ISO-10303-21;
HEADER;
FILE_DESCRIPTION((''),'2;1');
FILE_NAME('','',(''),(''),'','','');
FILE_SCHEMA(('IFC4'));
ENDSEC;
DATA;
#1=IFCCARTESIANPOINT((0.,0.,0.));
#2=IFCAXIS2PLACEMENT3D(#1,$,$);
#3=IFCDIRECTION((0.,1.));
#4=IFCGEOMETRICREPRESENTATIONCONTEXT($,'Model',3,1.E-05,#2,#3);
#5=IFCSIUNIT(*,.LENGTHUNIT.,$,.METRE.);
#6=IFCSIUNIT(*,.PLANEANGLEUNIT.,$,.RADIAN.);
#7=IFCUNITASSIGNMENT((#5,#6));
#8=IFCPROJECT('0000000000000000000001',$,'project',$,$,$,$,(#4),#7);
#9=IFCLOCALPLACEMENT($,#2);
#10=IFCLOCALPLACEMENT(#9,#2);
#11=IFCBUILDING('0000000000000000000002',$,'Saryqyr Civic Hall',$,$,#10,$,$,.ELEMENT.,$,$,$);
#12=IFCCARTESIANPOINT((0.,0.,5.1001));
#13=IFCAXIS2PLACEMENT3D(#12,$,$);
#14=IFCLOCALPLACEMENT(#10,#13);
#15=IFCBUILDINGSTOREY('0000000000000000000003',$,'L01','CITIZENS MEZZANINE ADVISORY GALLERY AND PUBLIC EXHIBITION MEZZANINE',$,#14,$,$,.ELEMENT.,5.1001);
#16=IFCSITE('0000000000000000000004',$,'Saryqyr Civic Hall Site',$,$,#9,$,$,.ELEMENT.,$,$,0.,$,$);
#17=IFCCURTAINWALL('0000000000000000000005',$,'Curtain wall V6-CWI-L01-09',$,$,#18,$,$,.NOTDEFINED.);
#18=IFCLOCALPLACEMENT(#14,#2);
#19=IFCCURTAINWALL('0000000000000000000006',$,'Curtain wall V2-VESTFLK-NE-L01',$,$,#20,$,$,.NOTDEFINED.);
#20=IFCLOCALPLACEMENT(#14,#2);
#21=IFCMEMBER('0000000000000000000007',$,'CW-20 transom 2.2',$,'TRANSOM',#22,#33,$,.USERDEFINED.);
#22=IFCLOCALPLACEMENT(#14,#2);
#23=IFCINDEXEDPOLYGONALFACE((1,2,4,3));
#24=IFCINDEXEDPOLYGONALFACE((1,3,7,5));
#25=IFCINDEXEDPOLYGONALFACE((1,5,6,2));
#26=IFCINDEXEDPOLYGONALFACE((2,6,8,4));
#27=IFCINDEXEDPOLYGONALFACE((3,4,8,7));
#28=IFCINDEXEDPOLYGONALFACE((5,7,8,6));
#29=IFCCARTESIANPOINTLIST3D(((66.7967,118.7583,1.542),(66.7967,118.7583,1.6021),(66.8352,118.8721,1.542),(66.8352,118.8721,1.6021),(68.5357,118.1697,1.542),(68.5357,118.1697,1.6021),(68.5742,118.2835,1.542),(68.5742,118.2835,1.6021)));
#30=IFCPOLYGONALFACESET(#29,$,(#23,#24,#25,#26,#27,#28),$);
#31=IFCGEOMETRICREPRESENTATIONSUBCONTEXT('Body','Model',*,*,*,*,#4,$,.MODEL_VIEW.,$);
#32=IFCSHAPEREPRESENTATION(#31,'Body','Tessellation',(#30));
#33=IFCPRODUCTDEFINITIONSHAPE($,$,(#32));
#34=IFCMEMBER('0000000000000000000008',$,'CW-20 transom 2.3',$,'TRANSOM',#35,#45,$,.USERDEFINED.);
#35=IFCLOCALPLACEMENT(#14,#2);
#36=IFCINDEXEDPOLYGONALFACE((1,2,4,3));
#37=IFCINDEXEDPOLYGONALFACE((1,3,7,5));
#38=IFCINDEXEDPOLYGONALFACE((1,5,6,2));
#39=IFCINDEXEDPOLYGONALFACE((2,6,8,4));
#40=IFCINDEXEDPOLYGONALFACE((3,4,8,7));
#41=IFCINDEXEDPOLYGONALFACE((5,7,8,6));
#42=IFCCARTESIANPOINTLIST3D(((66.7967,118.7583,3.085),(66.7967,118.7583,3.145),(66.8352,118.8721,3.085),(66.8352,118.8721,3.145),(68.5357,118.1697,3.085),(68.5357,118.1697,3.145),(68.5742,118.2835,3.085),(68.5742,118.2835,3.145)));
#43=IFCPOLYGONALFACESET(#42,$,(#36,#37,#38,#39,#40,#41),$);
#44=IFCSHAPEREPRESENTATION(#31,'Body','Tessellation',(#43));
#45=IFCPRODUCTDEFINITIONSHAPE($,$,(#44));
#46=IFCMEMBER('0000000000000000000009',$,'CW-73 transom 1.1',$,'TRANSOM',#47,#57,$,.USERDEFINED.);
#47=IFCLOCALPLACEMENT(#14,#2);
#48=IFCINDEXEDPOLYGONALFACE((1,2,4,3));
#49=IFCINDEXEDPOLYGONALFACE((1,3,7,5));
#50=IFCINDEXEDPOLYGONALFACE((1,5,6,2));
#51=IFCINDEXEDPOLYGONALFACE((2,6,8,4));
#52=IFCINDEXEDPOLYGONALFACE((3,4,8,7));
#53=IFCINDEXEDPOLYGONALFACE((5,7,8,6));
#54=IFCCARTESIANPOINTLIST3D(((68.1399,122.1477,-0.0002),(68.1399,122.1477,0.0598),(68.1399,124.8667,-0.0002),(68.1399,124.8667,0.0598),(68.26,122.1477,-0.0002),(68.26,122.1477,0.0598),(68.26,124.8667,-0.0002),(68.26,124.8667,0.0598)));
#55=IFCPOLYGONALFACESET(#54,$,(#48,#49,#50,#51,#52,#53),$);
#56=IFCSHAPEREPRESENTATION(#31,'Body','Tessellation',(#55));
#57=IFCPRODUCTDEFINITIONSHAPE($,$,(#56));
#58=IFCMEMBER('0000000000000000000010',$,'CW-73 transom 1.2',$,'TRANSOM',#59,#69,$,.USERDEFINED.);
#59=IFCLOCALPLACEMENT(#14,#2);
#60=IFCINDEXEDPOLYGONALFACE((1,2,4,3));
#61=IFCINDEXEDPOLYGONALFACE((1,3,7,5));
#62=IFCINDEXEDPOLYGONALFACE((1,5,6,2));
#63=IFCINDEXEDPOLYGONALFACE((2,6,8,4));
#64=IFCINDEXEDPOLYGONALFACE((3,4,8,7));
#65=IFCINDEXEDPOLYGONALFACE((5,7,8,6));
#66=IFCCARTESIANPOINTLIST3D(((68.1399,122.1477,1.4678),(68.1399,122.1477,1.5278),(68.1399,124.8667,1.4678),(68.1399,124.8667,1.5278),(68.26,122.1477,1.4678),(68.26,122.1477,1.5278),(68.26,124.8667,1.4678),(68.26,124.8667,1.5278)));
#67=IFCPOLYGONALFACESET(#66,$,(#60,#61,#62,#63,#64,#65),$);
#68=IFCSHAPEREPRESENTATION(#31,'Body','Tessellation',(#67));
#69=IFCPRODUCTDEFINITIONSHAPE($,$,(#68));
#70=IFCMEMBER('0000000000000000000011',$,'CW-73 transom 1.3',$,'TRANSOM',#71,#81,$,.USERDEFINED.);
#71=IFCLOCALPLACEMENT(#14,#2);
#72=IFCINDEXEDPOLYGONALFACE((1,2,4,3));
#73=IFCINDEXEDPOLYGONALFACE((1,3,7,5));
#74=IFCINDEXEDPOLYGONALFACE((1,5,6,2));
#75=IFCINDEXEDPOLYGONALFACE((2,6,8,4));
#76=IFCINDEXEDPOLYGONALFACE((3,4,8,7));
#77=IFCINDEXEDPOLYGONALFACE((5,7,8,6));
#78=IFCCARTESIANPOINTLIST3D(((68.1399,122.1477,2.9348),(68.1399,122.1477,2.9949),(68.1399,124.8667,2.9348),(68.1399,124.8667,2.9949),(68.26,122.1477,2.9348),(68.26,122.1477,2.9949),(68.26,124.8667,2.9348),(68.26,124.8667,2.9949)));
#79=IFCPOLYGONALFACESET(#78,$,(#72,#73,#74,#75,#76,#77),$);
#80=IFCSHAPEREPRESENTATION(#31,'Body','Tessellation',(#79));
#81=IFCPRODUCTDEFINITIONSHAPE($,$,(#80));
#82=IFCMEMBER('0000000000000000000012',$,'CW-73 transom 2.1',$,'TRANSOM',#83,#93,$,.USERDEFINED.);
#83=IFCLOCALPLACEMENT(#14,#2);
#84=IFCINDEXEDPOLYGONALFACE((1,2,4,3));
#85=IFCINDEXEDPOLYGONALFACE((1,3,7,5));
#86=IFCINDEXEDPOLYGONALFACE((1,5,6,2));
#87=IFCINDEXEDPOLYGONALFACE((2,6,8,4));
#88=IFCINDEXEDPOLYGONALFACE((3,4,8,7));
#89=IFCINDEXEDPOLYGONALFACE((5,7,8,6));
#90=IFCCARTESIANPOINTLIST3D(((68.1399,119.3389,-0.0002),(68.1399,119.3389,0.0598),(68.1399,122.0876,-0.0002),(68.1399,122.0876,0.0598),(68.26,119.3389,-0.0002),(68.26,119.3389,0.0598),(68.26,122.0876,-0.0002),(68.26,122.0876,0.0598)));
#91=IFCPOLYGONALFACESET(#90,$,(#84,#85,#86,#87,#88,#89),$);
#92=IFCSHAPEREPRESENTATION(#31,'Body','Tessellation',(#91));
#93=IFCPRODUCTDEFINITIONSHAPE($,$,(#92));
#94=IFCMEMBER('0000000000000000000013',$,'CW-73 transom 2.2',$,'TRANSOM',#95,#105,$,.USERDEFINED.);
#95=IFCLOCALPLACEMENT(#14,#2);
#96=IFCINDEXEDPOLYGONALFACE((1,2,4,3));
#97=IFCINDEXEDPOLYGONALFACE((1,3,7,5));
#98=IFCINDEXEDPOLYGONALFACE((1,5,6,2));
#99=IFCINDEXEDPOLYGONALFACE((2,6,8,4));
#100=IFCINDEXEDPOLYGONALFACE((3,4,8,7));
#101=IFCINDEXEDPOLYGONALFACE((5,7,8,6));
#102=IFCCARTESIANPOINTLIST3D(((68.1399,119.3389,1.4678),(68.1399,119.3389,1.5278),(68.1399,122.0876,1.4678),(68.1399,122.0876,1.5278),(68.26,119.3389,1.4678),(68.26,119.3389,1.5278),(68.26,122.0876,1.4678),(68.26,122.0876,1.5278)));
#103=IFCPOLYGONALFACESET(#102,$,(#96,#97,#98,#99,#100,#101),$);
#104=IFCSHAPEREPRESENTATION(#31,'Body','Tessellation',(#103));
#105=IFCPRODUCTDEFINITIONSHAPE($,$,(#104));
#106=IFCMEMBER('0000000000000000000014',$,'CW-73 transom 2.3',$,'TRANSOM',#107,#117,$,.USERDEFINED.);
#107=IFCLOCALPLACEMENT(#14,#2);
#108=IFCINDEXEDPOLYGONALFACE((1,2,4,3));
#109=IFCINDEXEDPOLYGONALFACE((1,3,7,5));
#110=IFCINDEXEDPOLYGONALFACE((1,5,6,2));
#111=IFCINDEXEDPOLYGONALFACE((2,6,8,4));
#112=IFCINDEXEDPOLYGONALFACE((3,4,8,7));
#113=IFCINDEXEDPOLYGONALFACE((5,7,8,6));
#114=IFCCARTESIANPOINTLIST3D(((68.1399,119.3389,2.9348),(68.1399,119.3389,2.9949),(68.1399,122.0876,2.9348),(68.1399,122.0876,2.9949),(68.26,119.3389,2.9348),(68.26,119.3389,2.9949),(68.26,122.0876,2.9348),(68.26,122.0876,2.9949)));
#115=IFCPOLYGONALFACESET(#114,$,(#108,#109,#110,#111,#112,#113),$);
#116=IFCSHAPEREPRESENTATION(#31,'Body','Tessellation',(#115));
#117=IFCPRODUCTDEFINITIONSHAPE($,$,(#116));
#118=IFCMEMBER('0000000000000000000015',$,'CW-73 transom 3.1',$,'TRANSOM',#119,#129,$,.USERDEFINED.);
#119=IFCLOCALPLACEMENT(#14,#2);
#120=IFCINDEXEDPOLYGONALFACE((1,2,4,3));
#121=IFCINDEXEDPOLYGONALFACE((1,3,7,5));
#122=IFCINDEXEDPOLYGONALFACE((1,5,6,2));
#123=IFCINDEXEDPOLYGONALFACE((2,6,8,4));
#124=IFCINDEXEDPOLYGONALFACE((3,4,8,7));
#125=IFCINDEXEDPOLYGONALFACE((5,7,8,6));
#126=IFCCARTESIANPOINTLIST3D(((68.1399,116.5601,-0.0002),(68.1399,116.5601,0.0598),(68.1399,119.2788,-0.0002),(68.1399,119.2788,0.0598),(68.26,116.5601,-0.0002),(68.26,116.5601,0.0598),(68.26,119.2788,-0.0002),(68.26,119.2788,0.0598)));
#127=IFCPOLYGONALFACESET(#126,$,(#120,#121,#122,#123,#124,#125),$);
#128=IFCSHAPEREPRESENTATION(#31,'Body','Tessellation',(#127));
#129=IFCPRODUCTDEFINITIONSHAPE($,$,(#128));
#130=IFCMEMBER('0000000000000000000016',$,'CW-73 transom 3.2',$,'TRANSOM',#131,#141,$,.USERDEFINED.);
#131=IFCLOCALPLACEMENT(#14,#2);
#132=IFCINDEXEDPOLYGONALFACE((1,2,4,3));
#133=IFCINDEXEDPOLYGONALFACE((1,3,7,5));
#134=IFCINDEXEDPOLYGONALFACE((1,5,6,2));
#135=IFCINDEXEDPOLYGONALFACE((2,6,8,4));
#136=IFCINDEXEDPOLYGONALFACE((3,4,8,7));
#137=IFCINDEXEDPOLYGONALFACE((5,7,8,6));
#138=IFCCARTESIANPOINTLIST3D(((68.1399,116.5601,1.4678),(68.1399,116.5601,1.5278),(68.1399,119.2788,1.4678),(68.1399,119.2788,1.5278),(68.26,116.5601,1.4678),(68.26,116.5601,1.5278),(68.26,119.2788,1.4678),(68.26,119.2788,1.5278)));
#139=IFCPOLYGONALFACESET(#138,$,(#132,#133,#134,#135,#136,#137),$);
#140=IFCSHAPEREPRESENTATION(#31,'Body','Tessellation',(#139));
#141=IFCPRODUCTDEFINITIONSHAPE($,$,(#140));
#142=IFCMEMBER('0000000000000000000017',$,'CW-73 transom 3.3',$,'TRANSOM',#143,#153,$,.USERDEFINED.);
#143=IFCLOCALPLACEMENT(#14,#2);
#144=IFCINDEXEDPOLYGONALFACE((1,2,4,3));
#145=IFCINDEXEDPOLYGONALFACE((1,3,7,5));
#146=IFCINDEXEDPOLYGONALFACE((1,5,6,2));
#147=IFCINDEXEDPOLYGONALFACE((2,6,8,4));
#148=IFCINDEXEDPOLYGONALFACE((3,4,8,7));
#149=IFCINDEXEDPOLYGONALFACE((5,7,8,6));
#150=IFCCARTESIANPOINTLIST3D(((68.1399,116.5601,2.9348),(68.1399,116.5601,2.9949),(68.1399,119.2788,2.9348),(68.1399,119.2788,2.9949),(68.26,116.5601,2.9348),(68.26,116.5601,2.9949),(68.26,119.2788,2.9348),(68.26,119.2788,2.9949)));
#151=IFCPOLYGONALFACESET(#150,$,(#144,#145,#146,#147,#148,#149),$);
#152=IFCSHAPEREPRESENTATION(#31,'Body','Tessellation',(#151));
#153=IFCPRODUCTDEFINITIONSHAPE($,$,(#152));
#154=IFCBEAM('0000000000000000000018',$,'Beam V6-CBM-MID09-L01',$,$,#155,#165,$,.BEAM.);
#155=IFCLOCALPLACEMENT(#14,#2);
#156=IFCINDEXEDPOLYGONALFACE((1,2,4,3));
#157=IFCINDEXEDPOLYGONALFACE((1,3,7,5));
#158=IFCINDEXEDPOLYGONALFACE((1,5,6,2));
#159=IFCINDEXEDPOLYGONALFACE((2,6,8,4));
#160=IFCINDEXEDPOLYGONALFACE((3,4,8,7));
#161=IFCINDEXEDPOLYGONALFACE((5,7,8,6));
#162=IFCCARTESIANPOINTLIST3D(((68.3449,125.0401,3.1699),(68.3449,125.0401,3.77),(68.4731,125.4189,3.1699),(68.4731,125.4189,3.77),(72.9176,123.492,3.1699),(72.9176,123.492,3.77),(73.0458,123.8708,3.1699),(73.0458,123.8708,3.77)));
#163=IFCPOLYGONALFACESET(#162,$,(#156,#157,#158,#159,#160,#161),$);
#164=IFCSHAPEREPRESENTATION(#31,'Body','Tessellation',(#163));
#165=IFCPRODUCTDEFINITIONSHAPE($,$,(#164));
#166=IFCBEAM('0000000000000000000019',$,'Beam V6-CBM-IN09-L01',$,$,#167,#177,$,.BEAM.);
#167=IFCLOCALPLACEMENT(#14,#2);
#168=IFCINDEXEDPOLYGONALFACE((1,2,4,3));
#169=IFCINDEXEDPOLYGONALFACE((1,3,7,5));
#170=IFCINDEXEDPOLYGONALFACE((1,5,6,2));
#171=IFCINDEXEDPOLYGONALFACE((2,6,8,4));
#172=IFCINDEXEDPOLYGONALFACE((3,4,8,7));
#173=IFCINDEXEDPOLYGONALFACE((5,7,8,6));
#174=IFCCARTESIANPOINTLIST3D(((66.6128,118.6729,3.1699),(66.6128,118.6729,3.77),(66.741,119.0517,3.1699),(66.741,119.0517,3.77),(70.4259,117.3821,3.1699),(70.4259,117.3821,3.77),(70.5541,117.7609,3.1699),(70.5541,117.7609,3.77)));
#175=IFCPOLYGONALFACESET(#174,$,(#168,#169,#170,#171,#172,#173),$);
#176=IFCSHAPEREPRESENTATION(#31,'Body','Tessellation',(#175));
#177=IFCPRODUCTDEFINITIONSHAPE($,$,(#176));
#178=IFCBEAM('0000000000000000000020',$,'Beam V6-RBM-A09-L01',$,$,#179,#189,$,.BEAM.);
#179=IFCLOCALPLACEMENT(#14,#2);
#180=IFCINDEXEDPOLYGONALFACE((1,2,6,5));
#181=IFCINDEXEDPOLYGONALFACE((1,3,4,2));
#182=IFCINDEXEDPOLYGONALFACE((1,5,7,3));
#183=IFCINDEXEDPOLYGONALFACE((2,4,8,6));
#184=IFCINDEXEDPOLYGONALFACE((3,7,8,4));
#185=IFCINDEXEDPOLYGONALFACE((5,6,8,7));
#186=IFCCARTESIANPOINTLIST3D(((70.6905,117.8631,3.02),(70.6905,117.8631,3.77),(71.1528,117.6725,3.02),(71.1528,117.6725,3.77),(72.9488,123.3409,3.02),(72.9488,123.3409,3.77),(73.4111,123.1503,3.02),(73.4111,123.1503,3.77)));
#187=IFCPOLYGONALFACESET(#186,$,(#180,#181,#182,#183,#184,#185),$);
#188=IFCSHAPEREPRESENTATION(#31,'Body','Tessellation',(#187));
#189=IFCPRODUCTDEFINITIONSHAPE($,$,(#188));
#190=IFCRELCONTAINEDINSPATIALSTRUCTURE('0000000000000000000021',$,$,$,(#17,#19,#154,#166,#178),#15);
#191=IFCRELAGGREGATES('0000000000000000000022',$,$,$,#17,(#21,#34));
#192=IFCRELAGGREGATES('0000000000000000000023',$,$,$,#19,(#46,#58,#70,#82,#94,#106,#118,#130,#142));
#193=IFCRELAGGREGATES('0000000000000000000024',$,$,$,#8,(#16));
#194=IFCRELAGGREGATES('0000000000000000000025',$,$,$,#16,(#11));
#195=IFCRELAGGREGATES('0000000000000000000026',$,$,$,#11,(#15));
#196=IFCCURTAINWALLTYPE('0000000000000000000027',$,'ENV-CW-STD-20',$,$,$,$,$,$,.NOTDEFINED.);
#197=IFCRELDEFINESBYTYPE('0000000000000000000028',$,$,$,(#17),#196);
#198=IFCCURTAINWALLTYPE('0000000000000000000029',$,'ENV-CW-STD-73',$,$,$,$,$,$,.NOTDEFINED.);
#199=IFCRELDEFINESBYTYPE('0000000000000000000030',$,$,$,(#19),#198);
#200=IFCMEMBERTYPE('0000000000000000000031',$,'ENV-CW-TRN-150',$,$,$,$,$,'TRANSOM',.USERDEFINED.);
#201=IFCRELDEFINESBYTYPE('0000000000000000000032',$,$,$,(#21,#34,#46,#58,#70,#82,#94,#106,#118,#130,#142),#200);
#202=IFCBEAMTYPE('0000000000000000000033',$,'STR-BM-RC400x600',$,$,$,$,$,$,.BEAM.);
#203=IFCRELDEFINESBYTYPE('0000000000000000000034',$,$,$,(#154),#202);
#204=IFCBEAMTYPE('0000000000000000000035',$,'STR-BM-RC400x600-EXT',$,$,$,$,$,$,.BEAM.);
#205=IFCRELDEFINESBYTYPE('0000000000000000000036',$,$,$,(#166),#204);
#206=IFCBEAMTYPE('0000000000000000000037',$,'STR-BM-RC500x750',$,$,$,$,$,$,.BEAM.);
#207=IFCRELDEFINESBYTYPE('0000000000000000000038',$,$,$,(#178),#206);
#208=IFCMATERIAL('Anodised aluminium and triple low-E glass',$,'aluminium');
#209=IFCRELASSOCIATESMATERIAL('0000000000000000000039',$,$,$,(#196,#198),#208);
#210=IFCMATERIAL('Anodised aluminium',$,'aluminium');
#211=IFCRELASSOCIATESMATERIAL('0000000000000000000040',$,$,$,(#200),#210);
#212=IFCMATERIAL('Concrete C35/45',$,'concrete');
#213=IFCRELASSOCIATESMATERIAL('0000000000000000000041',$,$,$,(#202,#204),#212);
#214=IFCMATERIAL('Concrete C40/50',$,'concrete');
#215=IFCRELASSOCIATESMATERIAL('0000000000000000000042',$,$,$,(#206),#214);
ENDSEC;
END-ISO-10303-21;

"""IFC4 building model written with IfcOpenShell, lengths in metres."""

from ifc_helpers import new_model, si_unit, direction, frame, origin, origin_2d, place, context, subcontext, project, spatial, rectangle, extrude, material, material_profile, profile_set, type_object, element, aggregate, save


model = new_model("IFC4")

# Units and contexts
model_context = context("Model", 3, precision=1e-05, world=origin(), true_north=direction((0.0, 1.0)))
body_context = subcontext(model_context, "Body", "Model", "MODEL_VIEW")
ifc_project = project(units=[si_unit("LENGTHUNIT", "METRE"), si_unit("PLANEANGLEUNIT", "RADIAN")], contexts=[model_context])

# Site, building, storey
site_placement = place(None, origin())
site = spatial("IfcSite", under=ifc_project, at=site_placement, Name="Saryqyr Civic Hall Site", CompositionType="ELEMENT", RefElevation=0.0)
building_placement = place(site_placement, origin())
building = spatial("IfcBuilding", under=site, at=building_placement, Name="Saryqyr Civic Hall", CompositionType="ELEMENT")
storey_placement = place(building_placement, frame((0.0, 0.0, 5.1001)))
storey = spatial("IfcBuildingStorey", under=building, at=storey_placement, Name="L01", Description="CITIZENS MEZZANINE ADVISORY GALLERY AND PUBLIC EXHIBITION MEZZANINE", CompositionType="ELEMENT", Elevation=5.1001)

# Shared definitions
ifc_material_1 = material(Name="Concrete C40/50", Category="concrete")

# Curtain walls
ifc_material_2 = material(Name="Anodised aluminium and triple low-E glass", Category="aluminium")
curtain_wall_type_1 = type_object("IfcCurtainWallType", Name="ENV-CW-STD-20", PredefinedType="NOTDEFINED", material=ifc_material_2)
curtain_wall_1_placement = place(storey_placement, origin())
curtain_wall_1 = element("IfcCurtainWall", 1, at=curtain_wall_1_placement, inside=storey, type_object=curtain_wall_type_1, Name="Curtain wall V6-CWI-L01-09", PredefinedType="NOTDEFINED")
ifc_material_3 = material(Name="Anodised aluminium", Category="aluminium")
curtain_wall_type_2 = type_object("IfcCurtainWallType", Name="ENV-CW-STD-73", PredefinedType="NOTDEFINED", material=ifc_material_2)
curtain_wall_2_placement = place(storey_placement, origin())
curtain_wall_2 = element("IfcCurtainWall", 2, at=curtain_wall_2_placement, inside=storey, type_object=curtain_wall_type_2, Name="Curtain wall V2-VESTFLK-NE-L01", PredefinedType="NOTDEFINED")

# Members
ifc_material_profile_1 = material_profile(ifc_material_3, rectangle(XDim=0.1201, YDim=0.0601, at=origin_2d()), Name="ALU TRANSOM 120x60")
ifc_profile_set_1 = profile_set([ifc_material_profile_1], Name="Anodised aluminium")
member_type_1 = type_object("IfcMemberType", Name="ENV-CW-TRN-150", ElementType="TRANSOM", PredefinedType="USERDEFINED", material=ifc_profile_set_1)
member_1_placement = place(storey_placement, frame((68.5549, 118.2266, 1.572), z_axis=(-0.94721, 0.320613, 0.0), x_axis=(-0.320613, -0.94721, 0.0)))
member_1 = element("IfcMember", 3, at=member_1_placement, type_object=member_type_1, Name="CW-20 transom 2.2", ObjectType="TRANSOM", PredefinedType="USERDEFINED", context=body_context, shape_type="SweptSolid", body=[
    extrude(rectangle(XDim=0.1201, YDim=0.0601, at=origin_2d()), origin(), (0.0, 0.0, 1.0), 1.8359),
])
member_2_placement = place(storey_placement, frame((68.5549, 118.2266, 3.115), z_axis=(-0.94721, 0.320613, 0.0), x_axis=(-0.320613, -0.94721, 0.0)))
member_2 = element("IfcMember", 4, at=member_2_placement, type_object=member_type_1, Name="CW-20 transom 2.3", ObjectType="TRANSOM", PredefinedType="USERDEFINED", context=body_context, shape_type="SweptSolid", body=[
    extrude(rectangle(XDim=0.1201, YDim=0.0601, at=origin_2d()), origin(), (0.0, 0.0, 1.0), 1.8359),
])
member_3_placement = place(storey_placement, frame((68.2, 124.8667, 0.0298), z_axis=(0.0, -1.0, 0.0), x_axis=(1.0, 0.0, 0.0)))
member_3 = element("IfcMember", 5, at=member_3_placement, type_object=member_type_1, Name="CW-73 transom 1.1", ObjectType="TRANSOM", PredefinedType="USERDEFINED", context=body_context, shape_type="SweptSolid", body=[
    extrude(rectangle(XDim=0.1201, YDim=0.0601, at=origin_2d()), origin(), (0.0, 0.0, 1.0), 2.719),
])
member_4_placement = place(storey_placement, frame((68.2, 124.8667, 1.4978), z_axis=(0.0, -1.0, 0.0), x_axis=(1.0, 0.0, 0.0)))
member_4 = element("IfcMember", 6, at=member_4_placement, type_object=member_type_1, Name="CW-73 transom 1.2", ObjectType="TRANSOM", PredefinedType="USERDEFINED", context=body_context, shape_type="SweptSolid", body=[
    extrude(rectangle(XDim=0.1201, YDim=0.0601, at=origin_2d()), origin(), (0.0, 0.0, 1.0), 2.719),
])
member_5_placement = place(storey_placement, frame((68.2, 124.8667, 2.9648), z_axis=(0.0, -1.0, 0.0), x_axis=(1.0, 0.0, 0.0)))
member_5 = element("IfcMember", 7, at=member_5_placement, type_object=member_type_1, Name="CW-73 transom 1.3", ObjectType="TRANSOM", PredefinedType="USERDEFINED", context=body_context, shape_type="SweptSolid", body=[
    extrude(rectangle(XDim=0.1201, YDim=0.0601, at=origin_2d()), origin(), (0.0, 0.0, 1.0), 2.719),
])
member_6_placement = place(storey_placement, frame((68.2, 122.0876, 0.0298), z_axis=(0.0, -1.0, 0.0), x_axis=(1.0, 0.0, 0.0)))
member_6 = element("IfcMember", 8, at=member_6_placement, type_object=member_type_1, Name="CW-73 transom 2.1", ObjectType="TRANSOM", PredefinedType="USERDEFINED", context=body_context, shape_type="SweptSolid", body=[
    extrude(rectangle(XDim=0.1201, YDim=0.0601, at=origin_2d()), origin(), (0.0, 0.0, 1.0), 2.7488),
])
member_7_placement = place(storey_placement, frame((68.2, 122.0876, 1.4978), z_axis=(0.0, -1.0, 0.0), x_axis=(1.0, 0.0, 0.0)))
member_7 = element("IfcMember", 9, at=member_7_placement, type_object=member_type_1, Name="CW-73 transom 2.2", ObjectType="TRANSOM", PredefinedType="USERDEFINED", context=body_context, shape_type="SweptSolid", body=[
    extrude(rectangle(XDim=0.1201, YDim=0.0601, at=origin_2d()), origin(), (0.0, 0.0, 1.0), 2.7488),
])
member_8_placement = place(storey_placement, frame((68.2, 122.0876, 2.9648), z_axis=(0.0, -1.0, 0.0), x_axis=(1.0, 0.0, 0.0)))
member_8 = element("IfcMember", 10, at=member_8_placement, type_object=member_type_1, Name="CW-73 transom 2.3", ObjectType="TRANSOM", PredefinedType="USERDEFINED", context=body_context, shape_type="SweptSolid", body=[
    extrude(rectangle(XDim=0.1201, YDim=0.0601, at=origin_2d()), origin(), (0.0, 0.0, 1.0), 2.7488),
])
member_9_placement = place(storey_placement, frame((68.2, 119.2788, 0.0298), z_axis=(0.0, -1.0, 0.0), x_axis=(1.0, 0.0, 0.0)))
member_9 = element("IfcMember", 11, at=member_9_placement, type_object=member_type_1, Name="CW-73 transom 3.1", ObjectType="TRANSOM", PredefinedType="USERDEFINED", context=body_context, shape_type="SweptSolid", body=[
    extrude(rectangle(XDim=0.1201, YDim=0.0601, at=origin_2d()), origin(), (0.0, 0.0, 1.0), 2.7188),
])
member_10_placement = place(storey_placement, frame((68.2, 119.2788, 1.4978), z_axis=(0.0, -1.0, 0.0), x_axis=(1.0, 0.0, 0.0)))
member_10 = element("IfcMember", 12, at=member_10_placement, type_object=member_type_1, Name="CW-73 transom 3.2", ObjectType="TRANSOM", PredefinedType="USERDEFINED", context=body_context, shape_type="SweptSolid", body=[
    extrude(rectangle(XDim=0.1201, YDim=0.0601, at=origin_2d()), origin(), (0.0, 0.0, 1.0), 2.7188),
])
member_11_placement = place(storey_placement, frame((68.2, 119.2788, 2.9648), z_axis=(0.0, -1.0, 0.0), x_axis=(1.0, 0.0, 0.0)))
member_11 = element("IfcMember", 13, at=member_11_placement, type_object=member_type_1, Name="CW-73 transom 3.3", ObjectType="TRANSOM", PredefinedType="USERDEFINED", context=body_context, shape_type="SweptSolid", body=[
    extrude(rectangle(XDim=0.1201, YDim=0.0601, at=origin_2d()), origin(), (0.0, 0.0, 1.0), 2.7188),
])

# Beams
ifc_material_4 = material(Name="Concrete C35/45", Category="concrete")
ifc_material_profile_2 = material_profile(ifc_material_4, rectangle(XDim=0.3999, YDim=0.6001, at=origin_2d()), Name="RC 400x600")
ifc_profile_set_2 = profile_set([ifc_material_profile_2], Name="Concrete C35/45")
beam_type_1 = type_object("IfcBeamType", Name="STR-BM-RC400x600", PredefinedType="BEAM", material=ifc_profile_set_2)
beam_1_placement = place(storey_placement, frame((72.9817, 123.6814, 3.47), z_axis=(-0.947191, 0.320669, 0.0), x_axis=(-0.320669, -0.947191, 0.0)))
element("IfcBeam", 14, at=beam_1_placement, inside=storey, type_object=beam_type_1, Name="Beam V6-CBM-MID09-L01", PredefinedType="BEAM", context=body_context, shape_type="SweptSolid", body=[
    extrude(rectangle(XDim=0.3999, YDim=0.6001, at=origin_2d()), origin(), (0.0, 0.0, 1.0), 4.8276),
])
ifc_material_profile_3 = material_profile(ifc_material_4, rectangle(XDim=0.3999, YDim=0.6001, at=origin_2d()), Name="RC 400x600")
ifc_profile_set_3 = profile_set([ifc_material_profile_3], Name="Concrete C35/45")
beam_type_2 = type_object("IfcBeamType", Name="STR-BM-RC400x600-EXT", PredefinedType="BEAM", material=ifc_profile_set_3)
beam_2_placement = place(storey_placement, frame((70.49, 117.5715, 3.47), z_axis=(-0.947199, 0.320646, 0.0), x_axis=(-0.320646, -0.947199, 0.0)))
element("IfcBeam", 15, at=beam_2_placement, inside=storey, type_object=beam_type_2, Name="Beam V6-CBM-IN09-L01", PredefinedType="BEAM", context=body_context, shape_type="SweptSolid", body=[
    extrude(rectangle(XDim=0.3999, YDim=0.6001, at=origin_2d()), origin(), (0.0, 0.0, 1.0), 4.0256),
])
ifc_material_profile_4 = material_profile(ifc_material_1, rectangle(XDim=0.5, YDim=0.75, at=origin_2d()), Name="RC 500x750")
ifc_profile_set_4 = profile_set([ifc_material_profile_4], Name="Concrete C40/50")
beam_type_3 = type_object("IfcBeamType", Name="STR-BM-RC500x750", PredefinedType="BEAM", material=ifc_profile_set_4)
beam_3_placement = place(storey_placement, frame((70.9216, 117.7678, 3.395), z_axis=(0.381146, 0.924515, 0.0), x_axis=(-0.924515, 0.381146, 0.0)))
element("IfcBeam", 16, at=beam_3_placement, inside=storey, type_object=beam_type_3, Name="Beam V6-RBM-A09-L01", PredefinedType="BEAM", context=body_context, shape_type="SweptSolid", body=[
    extrude(rectangle(XDim=0.5, YDim=0.75, at=origin_2d()), origin(), (0.0, 0.0, 1.0), 5.925),
])

aggregate(curtain_wall_1, [member_1, member_2])
aggregate(curtain_wall_2, [member_3, member_4, member_5, member_6, member_7, member_8, member_9, member_10, member_11])

save(model, "model.ifc")
